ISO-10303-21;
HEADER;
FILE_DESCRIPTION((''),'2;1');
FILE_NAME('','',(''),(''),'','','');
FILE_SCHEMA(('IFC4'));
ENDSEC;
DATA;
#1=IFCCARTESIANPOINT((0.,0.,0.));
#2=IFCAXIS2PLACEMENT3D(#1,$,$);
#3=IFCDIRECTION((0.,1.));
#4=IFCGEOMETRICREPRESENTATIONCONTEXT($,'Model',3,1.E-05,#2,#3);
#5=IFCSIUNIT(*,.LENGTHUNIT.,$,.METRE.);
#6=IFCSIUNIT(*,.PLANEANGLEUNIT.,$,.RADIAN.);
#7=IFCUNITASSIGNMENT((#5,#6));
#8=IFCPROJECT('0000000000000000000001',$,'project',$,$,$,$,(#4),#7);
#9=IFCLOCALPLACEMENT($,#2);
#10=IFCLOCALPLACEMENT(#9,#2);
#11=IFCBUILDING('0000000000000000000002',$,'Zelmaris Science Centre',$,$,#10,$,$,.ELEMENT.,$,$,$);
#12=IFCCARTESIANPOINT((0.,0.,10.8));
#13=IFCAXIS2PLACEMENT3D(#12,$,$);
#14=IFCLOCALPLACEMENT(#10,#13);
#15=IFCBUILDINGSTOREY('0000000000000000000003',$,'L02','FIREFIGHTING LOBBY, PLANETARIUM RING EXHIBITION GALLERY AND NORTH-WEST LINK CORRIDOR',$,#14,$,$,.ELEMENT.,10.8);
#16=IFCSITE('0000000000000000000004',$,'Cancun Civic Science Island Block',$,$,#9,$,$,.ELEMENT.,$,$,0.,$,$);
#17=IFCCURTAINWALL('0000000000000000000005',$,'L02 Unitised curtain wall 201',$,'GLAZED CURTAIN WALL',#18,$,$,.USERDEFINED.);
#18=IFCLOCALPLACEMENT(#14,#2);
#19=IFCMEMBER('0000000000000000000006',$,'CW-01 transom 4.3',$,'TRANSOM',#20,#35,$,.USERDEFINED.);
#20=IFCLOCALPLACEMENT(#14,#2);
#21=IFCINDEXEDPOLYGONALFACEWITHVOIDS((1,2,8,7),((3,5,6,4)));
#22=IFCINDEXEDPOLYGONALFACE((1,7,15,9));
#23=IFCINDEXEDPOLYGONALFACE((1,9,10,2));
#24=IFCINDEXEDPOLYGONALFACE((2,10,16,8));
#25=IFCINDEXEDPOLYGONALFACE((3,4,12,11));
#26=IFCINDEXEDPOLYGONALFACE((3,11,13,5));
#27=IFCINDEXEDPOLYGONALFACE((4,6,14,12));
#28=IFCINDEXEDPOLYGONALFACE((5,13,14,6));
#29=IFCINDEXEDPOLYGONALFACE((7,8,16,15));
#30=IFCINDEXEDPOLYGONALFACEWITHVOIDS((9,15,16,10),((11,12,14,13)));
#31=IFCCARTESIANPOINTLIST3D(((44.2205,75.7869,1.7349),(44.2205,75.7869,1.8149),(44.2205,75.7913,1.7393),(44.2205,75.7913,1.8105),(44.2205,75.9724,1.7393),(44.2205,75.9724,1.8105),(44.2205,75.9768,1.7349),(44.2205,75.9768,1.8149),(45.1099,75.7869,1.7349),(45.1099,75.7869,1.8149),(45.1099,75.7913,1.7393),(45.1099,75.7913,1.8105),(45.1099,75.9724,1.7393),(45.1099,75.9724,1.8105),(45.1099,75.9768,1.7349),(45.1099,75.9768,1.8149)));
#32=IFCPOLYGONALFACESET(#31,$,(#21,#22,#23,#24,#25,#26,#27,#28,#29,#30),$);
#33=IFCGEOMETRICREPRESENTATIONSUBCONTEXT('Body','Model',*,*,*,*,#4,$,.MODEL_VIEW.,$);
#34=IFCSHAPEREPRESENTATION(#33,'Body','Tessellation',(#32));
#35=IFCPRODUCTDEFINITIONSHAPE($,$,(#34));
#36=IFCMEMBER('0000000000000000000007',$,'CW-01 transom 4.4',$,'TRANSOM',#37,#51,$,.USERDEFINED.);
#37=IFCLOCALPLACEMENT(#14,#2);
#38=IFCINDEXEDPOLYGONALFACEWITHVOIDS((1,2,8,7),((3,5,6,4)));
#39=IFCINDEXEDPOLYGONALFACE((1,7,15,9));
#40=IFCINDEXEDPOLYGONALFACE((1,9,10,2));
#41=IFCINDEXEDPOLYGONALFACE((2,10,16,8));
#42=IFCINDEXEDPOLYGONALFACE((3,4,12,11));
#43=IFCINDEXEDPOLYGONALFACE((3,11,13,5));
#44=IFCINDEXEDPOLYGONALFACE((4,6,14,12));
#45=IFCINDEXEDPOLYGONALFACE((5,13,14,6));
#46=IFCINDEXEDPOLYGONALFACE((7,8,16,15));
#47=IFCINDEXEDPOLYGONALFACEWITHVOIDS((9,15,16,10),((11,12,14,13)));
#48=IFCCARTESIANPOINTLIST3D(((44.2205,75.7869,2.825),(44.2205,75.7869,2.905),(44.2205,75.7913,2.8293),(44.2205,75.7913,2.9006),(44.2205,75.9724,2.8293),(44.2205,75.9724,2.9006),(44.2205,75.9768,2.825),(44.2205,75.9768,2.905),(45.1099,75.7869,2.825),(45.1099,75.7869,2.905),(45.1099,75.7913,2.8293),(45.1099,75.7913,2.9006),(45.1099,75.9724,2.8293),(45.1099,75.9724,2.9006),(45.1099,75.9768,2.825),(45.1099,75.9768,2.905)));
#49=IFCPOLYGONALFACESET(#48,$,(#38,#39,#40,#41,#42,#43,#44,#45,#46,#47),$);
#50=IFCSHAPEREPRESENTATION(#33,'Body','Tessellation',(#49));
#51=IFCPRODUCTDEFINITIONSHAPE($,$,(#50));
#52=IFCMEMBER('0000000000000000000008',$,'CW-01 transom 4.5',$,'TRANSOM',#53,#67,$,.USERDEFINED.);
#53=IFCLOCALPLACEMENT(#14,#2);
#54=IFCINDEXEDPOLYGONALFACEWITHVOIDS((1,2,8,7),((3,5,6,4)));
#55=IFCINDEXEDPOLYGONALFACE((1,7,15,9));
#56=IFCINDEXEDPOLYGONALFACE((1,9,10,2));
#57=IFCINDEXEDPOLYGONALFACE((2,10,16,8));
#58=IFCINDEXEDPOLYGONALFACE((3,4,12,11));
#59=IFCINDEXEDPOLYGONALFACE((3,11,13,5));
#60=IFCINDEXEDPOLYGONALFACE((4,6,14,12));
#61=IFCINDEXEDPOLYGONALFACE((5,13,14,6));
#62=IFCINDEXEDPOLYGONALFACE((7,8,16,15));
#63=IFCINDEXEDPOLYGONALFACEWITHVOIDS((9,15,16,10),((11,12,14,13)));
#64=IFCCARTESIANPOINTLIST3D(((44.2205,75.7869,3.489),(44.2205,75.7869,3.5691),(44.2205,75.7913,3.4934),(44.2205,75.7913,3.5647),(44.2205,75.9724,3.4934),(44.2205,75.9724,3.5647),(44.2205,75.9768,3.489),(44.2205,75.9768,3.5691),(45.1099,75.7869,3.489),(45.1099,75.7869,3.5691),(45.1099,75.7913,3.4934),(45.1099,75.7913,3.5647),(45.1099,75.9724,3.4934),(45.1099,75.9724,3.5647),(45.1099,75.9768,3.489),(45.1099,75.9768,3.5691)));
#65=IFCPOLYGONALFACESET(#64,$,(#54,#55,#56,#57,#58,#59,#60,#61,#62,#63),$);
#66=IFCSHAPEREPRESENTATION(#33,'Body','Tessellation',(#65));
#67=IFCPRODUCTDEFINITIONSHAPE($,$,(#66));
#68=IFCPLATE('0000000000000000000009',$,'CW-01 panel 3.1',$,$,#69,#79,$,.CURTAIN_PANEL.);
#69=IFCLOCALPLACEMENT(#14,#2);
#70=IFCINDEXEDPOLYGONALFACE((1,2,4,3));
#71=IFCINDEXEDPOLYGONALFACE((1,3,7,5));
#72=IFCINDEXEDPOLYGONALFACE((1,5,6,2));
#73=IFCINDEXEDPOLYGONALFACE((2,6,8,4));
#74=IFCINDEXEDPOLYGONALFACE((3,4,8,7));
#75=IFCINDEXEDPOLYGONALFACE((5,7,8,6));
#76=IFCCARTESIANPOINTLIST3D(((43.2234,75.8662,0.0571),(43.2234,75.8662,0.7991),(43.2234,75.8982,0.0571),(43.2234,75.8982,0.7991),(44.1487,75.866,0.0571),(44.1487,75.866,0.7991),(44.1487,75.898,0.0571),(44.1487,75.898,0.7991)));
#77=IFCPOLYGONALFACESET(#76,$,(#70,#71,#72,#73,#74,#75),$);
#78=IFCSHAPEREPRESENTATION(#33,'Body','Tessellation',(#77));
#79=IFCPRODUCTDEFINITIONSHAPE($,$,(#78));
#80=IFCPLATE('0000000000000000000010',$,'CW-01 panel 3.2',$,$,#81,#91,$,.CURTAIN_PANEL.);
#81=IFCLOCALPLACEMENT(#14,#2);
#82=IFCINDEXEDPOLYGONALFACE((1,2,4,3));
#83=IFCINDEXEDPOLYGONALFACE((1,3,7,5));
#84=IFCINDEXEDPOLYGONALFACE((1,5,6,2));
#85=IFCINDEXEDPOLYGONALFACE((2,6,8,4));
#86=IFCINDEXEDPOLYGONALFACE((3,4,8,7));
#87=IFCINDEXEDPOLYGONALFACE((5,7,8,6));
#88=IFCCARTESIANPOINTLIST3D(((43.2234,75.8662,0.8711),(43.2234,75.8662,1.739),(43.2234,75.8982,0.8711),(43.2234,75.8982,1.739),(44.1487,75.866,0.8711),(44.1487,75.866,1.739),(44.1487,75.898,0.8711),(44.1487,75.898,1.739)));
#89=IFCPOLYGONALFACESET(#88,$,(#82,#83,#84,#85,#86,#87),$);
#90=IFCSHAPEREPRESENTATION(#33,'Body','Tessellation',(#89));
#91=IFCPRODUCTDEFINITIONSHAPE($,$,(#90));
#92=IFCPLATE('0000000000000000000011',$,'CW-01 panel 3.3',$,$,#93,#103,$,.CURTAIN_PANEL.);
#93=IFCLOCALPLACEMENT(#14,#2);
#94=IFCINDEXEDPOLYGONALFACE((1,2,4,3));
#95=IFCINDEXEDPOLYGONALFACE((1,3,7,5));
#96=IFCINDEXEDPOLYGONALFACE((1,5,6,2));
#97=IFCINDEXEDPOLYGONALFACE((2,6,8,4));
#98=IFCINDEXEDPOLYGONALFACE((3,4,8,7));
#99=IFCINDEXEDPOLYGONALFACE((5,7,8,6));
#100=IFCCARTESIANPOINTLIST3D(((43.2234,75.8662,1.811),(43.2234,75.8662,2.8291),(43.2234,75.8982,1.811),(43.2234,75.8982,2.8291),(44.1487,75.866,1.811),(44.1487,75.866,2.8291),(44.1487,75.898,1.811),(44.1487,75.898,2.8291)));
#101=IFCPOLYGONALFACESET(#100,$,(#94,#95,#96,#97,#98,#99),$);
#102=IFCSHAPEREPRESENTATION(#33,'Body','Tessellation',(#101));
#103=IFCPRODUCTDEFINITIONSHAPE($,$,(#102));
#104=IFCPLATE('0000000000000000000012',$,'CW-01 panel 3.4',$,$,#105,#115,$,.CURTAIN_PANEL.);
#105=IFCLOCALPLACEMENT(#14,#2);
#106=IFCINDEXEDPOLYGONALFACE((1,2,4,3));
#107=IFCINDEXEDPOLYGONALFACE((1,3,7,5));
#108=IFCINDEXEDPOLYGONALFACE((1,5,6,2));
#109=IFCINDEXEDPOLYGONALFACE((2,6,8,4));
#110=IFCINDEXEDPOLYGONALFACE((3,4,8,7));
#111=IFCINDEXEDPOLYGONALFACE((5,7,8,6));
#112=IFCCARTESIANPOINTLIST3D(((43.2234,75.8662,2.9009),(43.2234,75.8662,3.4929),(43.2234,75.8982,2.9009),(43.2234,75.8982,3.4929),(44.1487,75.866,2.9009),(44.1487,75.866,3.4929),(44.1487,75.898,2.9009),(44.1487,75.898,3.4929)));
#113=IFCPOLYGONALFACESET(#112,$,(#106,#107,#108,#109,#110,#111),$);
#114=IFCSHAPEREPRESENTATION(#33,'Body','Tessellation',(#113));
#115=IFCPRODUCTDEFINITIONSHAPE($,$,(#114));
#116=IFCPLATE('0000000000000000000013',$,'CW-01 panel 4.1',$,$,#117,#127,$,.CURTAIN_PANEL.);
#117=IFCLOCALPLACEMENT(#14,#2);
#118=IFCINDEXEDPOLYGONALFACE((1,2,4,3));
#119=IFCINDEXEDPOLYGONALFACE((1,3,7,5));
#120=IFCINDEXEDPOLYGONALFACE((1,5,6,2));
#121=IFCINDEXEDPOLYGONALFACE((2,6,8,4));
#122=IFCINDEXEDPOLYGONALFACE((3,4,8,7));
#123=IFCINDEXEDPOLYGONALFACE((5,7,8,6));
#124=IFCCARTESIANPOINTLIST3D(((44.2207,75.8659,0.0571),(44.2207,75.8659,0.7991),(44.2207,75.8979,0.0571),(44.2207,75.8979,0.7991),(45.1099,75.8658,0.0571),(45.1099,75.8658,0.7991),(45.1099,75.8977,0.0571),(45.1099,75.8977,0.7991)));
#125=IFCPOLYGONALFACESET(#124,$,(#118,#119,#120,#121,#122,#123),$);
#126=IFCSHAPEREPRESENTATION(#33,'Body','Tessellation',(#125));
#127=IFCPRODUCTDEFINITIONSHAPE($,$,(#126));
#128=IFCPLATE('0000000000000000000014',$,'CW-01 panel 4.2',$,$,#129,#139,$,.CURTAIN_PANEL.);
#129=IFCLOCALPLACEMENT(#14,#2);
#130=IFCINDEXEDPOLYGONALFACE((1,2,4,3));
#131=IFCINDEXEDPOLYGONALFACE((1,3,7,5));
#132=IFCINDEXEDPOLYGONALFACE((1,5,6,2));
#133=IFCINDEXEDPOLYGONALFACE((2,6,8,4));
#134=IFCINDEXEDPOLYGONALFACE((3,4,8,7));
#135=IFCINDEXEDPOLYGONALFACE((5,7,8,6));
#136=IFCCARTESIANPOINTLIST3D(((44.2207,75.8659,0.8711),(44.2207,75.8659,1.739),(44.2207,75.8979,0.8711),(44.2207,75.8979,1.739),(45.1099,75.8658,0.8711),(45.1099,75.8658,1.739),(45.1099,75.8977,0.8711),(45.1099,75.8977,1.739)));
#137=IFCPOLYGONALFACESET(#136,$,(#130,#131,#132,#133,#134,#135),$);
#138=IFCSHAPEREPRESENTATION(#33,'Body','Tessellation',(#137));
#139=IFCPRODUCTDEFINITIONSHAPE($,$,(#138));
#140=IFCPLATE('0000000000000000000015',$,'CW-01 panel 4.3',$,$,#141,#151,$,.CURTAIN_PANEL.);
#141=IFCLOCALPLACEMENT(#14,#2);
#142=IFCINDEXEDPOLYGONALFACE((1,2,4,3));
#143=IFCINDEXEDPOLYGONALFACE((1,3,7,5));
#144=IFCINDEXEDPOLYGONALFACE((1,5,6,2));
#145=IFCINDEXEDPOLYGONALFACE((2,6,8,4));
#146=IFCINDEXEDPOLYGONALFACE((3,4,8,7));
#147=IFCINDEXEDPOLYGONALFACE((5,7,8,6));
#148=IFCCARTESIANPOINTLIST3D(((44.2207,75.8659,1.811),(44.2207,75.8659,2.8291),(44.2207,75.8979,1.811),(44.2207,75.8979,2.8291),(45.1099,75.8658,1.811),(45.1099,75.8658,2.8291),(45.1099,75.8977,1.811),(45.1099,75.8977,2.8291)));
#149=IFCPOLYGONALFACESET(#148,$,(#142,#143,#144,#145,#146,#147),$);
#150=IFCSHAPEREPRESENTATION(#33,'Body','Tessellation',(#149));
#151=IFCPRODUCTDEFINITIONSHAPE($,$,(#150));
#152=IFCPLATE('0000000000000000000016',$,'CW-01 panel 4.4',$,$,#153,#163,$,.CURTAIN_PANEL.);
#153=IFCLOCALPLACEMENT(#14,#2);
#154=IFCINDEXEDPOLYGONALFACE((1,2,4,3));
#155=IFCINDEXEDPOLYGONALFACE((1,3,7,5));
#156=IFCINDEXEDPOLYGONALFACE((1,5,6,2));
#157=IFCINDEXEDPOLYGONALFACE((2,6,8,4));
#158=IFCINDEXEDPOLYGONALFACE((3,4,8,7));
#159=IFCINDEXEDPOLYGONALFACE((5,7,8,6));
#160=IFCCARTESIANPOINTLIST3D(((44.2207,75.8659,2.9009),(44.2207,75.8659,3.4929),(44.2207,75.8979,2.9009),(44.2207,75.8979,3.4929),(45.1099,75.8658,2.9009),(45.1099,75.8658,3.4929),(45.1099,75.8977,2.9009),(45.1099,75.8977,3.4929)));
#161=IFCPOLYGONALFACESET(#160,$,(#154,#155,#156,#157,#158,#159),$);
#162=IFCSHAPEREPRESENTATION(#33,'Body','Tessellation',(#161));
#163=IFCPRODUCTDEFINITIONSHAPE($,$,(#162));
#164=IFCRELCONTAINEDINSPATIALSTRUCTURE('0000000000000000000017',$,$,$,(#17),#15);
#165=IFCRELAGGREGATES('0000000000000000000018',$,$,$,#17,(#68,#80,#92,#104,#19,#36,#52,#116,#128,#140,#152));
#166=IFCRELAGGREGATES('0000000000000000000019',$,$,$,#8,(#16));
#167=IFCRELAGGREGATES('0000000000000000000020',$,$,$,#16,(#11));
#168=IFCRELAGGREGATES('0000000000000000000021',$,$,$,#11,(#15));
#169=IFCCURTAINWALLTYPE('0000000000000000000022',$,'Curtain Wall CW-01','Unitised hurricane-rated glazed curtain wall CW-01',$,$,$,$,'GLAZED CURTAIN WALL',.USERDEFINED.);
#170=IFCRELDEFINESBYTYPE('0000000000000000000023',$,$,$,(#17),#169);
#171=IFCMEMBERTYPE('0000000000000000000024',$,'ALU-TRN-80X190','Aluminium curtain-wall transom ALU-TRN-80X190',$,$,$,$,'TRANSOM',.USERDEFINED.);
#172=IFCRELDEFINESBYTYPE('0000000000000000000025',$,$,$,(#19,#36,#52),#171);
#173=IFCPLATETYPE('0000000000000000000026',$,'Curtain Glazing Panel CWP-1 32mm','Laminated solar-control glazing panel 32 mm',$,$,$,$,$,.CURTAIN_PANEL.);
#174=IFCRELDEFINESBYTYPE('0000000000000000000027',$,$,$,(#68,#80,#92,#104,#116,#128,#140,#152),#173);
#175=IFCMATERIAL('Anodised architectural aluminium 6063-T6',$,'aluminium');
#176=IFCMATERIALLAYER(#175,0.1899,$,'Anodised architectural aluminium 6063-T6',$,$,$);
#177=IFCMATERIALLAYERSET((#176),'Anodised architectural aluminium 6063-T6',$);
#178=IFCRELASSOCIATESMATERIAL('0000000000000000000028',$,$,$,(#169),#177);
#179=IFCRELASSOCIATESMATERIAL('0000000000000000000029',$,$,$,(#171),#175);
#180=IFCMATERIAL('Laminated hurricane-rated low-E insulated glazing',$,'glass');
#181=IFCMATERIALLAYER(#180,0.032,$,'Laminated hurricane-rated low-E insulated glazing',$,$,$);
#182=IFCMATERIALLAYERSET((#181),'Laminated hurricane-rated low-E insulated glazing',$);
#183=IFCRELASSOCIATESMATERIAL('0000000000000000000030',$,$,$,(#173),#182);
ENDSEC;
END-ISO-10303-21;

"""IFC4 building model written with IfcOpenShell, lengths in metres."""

from ifc_helpers import new_model, si_unit, direction, frame, origin, origin_2d, place, context, subcontext, project, spatial, rectangle, hollow_rectangle, extrude, material, layer, layer_set, material_profile, profile_set, type_object, element, aggregate, save


model = new_model("IFC4")

# Units and contexts
model_context = context("Model", 3, precision=1e-05, world=origin(), true_north=direction((0.0, 1.0)))
body_context = subcontext(model_context, "Body", "Model", "MODEL_VIEW")
ifc_project = project(units=[si_unit("LENGTHUNIT", "METRE"), si_unit("PLANEANGLEUNIT", "RADIAN")], contexts=[model_context])

# Site, building, storey
site_placement = place(None, origin())
site = spatial("IfcSite", under=ifc_project, at=site_placement, Name="Cancun Civic Science Island Block", CompositionType="ELEMENT", RefElevation=0.0)
building_placement = place(site_placement, origin())
building = spatial("IfcBuilding", under=site, at=building_placement, Name="Zelmaris Science Centre", CompositionType="ELEMENT")
storey_placement = place(building_placement, frame((0.0, 0.0, 10.8)))
storey = spatial("IfcBuildingStorey", under=building, at=storey_placement, Name="L02", Description="FIREFIGHTING LOBBY, PLANETARIUM RING EXHIBITION GALLERY AND NORTH-WEST LINK CORRIDOR", CompositionType="ELEMENT", Elevation=10.8)

# Shared definitions
ifc_material_1 = material(Name="Anodised architectural aluminium 6063-T6", Category="aluminium")

# Curtain wall, members, plates
ifc_layer_1 = layer(ifc_material_1, 0.1899, Name="Anodised architectural aluminium 6063-T6")
ifc_layer_set_1 = layer_set([ifc_layer_1], Name="Anodised architectural aluminium 6063-T6")
curtain_wall_type_1 = type_object("IfcCurtainWallType", Name="Curtain Wall CW-01", Description="Unitised hurricane-rated glazed curtain wall CW-01", ElementType="GLAZED CURTAIN WALL", PredefinedType="USERDEFINED", material=ifc_layer_set_1)
curtain_wall_1_placement = place(storey_placement, origin())
curtain_wall_1 = element("IfcCurtainWall", 1, at=curtain_wall_1_placement, inside=storey, type_object=curtain_wall_type_1, Name="L02 Unitised curtain wall 201", ObjectType="GLAZED CURTAIN WALL", PredefinedType="USERDEFINED")
ifc_material_profile_1 = material_profile(ifc_material_1, hollow_rectangle(XDim=0.0801, YDim=0.1899, WallThickness=0.0044, at=origin_2d()), Name="ALU-TRN-80X190")
ifc_profile_set_1 = profile_set([ifc_material_profile_1], Name="Anodised architectural aluminium 6063-T6")
member_type_1 = type_object("IfcMemberType", Name="ALU-TRN-80X190", Description="Aluminium curtain-wall transom ALU-TRN-80X190", ElementType="TRANSOM", PredefinedType="USERDEFINED", material=ifc_profile_set_1)
member_1_placement = place(storey_placement, frame((44.2205, 75.8818, 1.7749), z_axis=(1.0, 0.0, 0.0), x_axis=(0.0, 0.0, 1.0)))
member_1 = element("IfcMember", 2, at=member_1_placement, type_object=member_type_1, Name="CW-01 transom 4.3", ObjectType="TRANSOM", PredefinedType="USERDEFINED", context=body_context, shape_type="SweptSolid", body=[
    extrude(hollow_rectangle(XDim=0.0801, YDim=0.1899, WallThickness=0.0044, at=origin_2d()), origin(), (0.0, 0.0, 1.0), 0.8894),
])
member_2_placement = place(storey_placement, frame((44.2205, 75.8818, 2.865), z_axis=(1.0, 0.0, 0.0), x_axis=(0.0, 0.0, 1.0)))
member_2 = element("IfcMember", 3, at=member_2_placement, type_object=member_type_1, Name="CW-01 transom 4.4", ObjectType="TRANSOM", PredefinedType="USERDEFINED", context=body_context, shape_type="SweptSolid", body=[
    extrude(hollow_rectangle(XDim=0.0801, YDim=0.1899, WallThickness=0.0044, at=origin_2d()), origin(), (0.0, 0.0, 1.0), 0.8894),
])
member_3_placement = place(storey_placement, frame((44.2205, 75.8818, 3.5291), z_axis=(1.0, 0.0, 0.0), x_axis=(0.0, 0.0, 1.0)))
member_3 = element("IfcMember", 4, at=member_3_placement, type_object=member_type_1, Name="CW-01 transom 4.5", ObjectType="TRANSOM", PredefinedType="USERDEFINED", context=body_context, shape_type="SweptSolid", body=[
    extrude(hollow_rectangle(XDim=0.0801, YDim=0.1899, WallThickness=0.0044, at=origin_2d()), origin(), (0.0, 0.0, 1.0), 0.8894),
])
ifc_material_2 = material(Name="Laminated hurricane-rated low-E insulated glazing", Category="glass")
ifc_layer_2 = layer(ifc_material_2, 0.032, Name="Laminated hurricane-rated low-E insulated glazing")
ifc_layer_set_2 = layer_set([ifc_layer_2], Name="Laminated hurricane-rated low-E insulated glazing")
plate_type = type_object("IfcPlateType", Name="Curtain Glazing Panel CWP-1 32mm", Description="Laminated solar-control glazing panel 32 mm", PredefinedType="CURTAIN_PANEL", material=ifc_layer_set_2)
plate_1_placement = place(storey_placement, frame((43.686, 75.8821, 0.0571), z_axis=(0.0, 0.0, 1.0), x_axis=(1.0, -0.000201, 0.0)))
plate_1 = element("IfcPlate", 5, at=plate_1_placement, type_object=plate_type, Name="CW-01 panel 3.1", PredefinedType="CURTAIN_PANEL", context=body_context, shape_type="SweptSolid", body=[
    extrude(rectangle(XDim=0.9253, YDim=0.032, at=origin_2d()), origin(), (0.0, 0.0, 1.0), 0.7419),
])
plate_2_placement = place(storey_placement, frame((43.686, 75.8821, 0.8711), z_axis=(0.0, 0.0, 1.0), x_axis=(1.0, -0.000201, 0.0)))
plate_2 = element("IfcPlate", 6, at=plate_2_placement, type_object=plate_type, Name="CW-01 panel 3.2", PredefinedType="CURTAIN_PANEL", context=body_context, shape_type="SweptSolid", body=[
    extrude(rectangle(XDim=0.9253, YDim=0.032, at=origin_2d()), origin(), (0.0, 0.0, 1.0), 0.8679),
])
plate_3_placement = place(storey_placement, frame((43.686, 75.8821, 1.811), z_axis=(0.0, 0.0, 1.0), x_axis=(1.0, -0.000201, 0.0)))
plate_3 = element("IfcPlate", 7, at=plate_3_placement, type_object=plate_type, Name="CW-01 panel 3.3", PredefinedType="CURTAIN_PANEL", context=body_context, shape_type="SweptSolid", body=[
    extrude(rectangle(XDim=0.9253, YDim=0.032, at=origin_2d()), origin(), (0.0, 0.0, 1.0), 1.0181),
])
plate_4_placement = place(storey_placement, frame((43.686, 75.8821, 2.9009), z_axis=(0.0, 0.0, 1.0), x_axis=(1.0, -0.000201, 0.0)))
plate_4 = element("IfcPlate", 8, at=plate_4_placement, type_object=plate_type, Name="CW-01 panel 3.4", PredefinedType="CURTAIN_PANEL", context=body_context, shape_type="SweptSolid", body=[
    extrude(rectangle(XDim=0.9253, YDim=0.032, at=origin_2d()), origin(), (0.0, 0.0, 1.0), 0.592),
])
plate_5_placement = place(storey_placement, frame((44.6653, 75.8818, 0.0571), z_axis=(0.0, 0.0, 1.0), x_axis=(1.0, -0.000201, 0.0)))
plate_5 = element("IfcPlate", 9, at=plate_5_placement, type_object=plate_type, Name="CW-01 panel 4.1", PredefinedType="CURTAIN_PANEL", context=body_context, shape_type="SweptSolid", body=[
    extrude(rectangle(XDim=0.8892, YDim=0.032, at=origin_2d()), origin(), (0.0, 0.0, 1.0), 0.7419),
])
plate_6_placement = place(storey_placement, frame((44.6653, 75.8818, 0.8711), z_axis=(0.0, 0.0, 1.0), x_axis=(1.0, -0.000201, 0.0)))
plate_6 = element("IfcPlate", 10, at=plate_6_placement, type_object=plate_type, Name="CW-01 panel 4.2", PredefinedType="CURTAIN_PANEL", context=body_context, shape_type="SweptSolid", body=[
    extrude(rectangle(XDim=0.8892, YDim=0.032, at=origin_2d()), origin(), (0.0, 0.0, 1.0), 0.8679),
])
plate_7_placement = place(storey_placement, frame((44.6653, 75.8818, 1.811), z_axis=(0.0, 0.0, 1.0), x_axis=(1.0, -0.000201, 0.0)))
plate_7 = element("IfcPlate", 11, at=plate_7_placement, type_object=plate_type, Name="CW-01 panel 4.3", PredefinedType="CURTAIN_PANEL", context=body_context, shape_type="SweptSolid", body=[
    extrude(rectangle(XDim=0.8892, YDim=0.032, at=origin_2d()), origin(), (0.0, 0.0, 1.0), 1.0181),
])
plate_8_placement = place(storey_placement, frame((44.6653, 75.8818, 2.9009), z_axis=(0.0, 0.0, 1.0), x_axis=(1.0, -0.000201, 0.0)))
plate_8 = element("IfcPlate", 12, at=plate_8_placement, type_object=plate_type, Name="CW-01 panel 4.4", PredefinedType="CURTAIN_PANEL", context=body_context, shape_type="SweptSolid", body=[
    extrude(rectangle(XDim=0.8892, YDim=0.032, at=origin_2d()), origin(), (0.0, 0.0, 1.0), 0.592),
])
aggregate(curtain_wall_1, [plate_1, plate_2, plate_3, plate_4, member_1, member_2, member_3, plate_5, plate_6, plate_7, plate_8])

save(model, "model.ifc")
